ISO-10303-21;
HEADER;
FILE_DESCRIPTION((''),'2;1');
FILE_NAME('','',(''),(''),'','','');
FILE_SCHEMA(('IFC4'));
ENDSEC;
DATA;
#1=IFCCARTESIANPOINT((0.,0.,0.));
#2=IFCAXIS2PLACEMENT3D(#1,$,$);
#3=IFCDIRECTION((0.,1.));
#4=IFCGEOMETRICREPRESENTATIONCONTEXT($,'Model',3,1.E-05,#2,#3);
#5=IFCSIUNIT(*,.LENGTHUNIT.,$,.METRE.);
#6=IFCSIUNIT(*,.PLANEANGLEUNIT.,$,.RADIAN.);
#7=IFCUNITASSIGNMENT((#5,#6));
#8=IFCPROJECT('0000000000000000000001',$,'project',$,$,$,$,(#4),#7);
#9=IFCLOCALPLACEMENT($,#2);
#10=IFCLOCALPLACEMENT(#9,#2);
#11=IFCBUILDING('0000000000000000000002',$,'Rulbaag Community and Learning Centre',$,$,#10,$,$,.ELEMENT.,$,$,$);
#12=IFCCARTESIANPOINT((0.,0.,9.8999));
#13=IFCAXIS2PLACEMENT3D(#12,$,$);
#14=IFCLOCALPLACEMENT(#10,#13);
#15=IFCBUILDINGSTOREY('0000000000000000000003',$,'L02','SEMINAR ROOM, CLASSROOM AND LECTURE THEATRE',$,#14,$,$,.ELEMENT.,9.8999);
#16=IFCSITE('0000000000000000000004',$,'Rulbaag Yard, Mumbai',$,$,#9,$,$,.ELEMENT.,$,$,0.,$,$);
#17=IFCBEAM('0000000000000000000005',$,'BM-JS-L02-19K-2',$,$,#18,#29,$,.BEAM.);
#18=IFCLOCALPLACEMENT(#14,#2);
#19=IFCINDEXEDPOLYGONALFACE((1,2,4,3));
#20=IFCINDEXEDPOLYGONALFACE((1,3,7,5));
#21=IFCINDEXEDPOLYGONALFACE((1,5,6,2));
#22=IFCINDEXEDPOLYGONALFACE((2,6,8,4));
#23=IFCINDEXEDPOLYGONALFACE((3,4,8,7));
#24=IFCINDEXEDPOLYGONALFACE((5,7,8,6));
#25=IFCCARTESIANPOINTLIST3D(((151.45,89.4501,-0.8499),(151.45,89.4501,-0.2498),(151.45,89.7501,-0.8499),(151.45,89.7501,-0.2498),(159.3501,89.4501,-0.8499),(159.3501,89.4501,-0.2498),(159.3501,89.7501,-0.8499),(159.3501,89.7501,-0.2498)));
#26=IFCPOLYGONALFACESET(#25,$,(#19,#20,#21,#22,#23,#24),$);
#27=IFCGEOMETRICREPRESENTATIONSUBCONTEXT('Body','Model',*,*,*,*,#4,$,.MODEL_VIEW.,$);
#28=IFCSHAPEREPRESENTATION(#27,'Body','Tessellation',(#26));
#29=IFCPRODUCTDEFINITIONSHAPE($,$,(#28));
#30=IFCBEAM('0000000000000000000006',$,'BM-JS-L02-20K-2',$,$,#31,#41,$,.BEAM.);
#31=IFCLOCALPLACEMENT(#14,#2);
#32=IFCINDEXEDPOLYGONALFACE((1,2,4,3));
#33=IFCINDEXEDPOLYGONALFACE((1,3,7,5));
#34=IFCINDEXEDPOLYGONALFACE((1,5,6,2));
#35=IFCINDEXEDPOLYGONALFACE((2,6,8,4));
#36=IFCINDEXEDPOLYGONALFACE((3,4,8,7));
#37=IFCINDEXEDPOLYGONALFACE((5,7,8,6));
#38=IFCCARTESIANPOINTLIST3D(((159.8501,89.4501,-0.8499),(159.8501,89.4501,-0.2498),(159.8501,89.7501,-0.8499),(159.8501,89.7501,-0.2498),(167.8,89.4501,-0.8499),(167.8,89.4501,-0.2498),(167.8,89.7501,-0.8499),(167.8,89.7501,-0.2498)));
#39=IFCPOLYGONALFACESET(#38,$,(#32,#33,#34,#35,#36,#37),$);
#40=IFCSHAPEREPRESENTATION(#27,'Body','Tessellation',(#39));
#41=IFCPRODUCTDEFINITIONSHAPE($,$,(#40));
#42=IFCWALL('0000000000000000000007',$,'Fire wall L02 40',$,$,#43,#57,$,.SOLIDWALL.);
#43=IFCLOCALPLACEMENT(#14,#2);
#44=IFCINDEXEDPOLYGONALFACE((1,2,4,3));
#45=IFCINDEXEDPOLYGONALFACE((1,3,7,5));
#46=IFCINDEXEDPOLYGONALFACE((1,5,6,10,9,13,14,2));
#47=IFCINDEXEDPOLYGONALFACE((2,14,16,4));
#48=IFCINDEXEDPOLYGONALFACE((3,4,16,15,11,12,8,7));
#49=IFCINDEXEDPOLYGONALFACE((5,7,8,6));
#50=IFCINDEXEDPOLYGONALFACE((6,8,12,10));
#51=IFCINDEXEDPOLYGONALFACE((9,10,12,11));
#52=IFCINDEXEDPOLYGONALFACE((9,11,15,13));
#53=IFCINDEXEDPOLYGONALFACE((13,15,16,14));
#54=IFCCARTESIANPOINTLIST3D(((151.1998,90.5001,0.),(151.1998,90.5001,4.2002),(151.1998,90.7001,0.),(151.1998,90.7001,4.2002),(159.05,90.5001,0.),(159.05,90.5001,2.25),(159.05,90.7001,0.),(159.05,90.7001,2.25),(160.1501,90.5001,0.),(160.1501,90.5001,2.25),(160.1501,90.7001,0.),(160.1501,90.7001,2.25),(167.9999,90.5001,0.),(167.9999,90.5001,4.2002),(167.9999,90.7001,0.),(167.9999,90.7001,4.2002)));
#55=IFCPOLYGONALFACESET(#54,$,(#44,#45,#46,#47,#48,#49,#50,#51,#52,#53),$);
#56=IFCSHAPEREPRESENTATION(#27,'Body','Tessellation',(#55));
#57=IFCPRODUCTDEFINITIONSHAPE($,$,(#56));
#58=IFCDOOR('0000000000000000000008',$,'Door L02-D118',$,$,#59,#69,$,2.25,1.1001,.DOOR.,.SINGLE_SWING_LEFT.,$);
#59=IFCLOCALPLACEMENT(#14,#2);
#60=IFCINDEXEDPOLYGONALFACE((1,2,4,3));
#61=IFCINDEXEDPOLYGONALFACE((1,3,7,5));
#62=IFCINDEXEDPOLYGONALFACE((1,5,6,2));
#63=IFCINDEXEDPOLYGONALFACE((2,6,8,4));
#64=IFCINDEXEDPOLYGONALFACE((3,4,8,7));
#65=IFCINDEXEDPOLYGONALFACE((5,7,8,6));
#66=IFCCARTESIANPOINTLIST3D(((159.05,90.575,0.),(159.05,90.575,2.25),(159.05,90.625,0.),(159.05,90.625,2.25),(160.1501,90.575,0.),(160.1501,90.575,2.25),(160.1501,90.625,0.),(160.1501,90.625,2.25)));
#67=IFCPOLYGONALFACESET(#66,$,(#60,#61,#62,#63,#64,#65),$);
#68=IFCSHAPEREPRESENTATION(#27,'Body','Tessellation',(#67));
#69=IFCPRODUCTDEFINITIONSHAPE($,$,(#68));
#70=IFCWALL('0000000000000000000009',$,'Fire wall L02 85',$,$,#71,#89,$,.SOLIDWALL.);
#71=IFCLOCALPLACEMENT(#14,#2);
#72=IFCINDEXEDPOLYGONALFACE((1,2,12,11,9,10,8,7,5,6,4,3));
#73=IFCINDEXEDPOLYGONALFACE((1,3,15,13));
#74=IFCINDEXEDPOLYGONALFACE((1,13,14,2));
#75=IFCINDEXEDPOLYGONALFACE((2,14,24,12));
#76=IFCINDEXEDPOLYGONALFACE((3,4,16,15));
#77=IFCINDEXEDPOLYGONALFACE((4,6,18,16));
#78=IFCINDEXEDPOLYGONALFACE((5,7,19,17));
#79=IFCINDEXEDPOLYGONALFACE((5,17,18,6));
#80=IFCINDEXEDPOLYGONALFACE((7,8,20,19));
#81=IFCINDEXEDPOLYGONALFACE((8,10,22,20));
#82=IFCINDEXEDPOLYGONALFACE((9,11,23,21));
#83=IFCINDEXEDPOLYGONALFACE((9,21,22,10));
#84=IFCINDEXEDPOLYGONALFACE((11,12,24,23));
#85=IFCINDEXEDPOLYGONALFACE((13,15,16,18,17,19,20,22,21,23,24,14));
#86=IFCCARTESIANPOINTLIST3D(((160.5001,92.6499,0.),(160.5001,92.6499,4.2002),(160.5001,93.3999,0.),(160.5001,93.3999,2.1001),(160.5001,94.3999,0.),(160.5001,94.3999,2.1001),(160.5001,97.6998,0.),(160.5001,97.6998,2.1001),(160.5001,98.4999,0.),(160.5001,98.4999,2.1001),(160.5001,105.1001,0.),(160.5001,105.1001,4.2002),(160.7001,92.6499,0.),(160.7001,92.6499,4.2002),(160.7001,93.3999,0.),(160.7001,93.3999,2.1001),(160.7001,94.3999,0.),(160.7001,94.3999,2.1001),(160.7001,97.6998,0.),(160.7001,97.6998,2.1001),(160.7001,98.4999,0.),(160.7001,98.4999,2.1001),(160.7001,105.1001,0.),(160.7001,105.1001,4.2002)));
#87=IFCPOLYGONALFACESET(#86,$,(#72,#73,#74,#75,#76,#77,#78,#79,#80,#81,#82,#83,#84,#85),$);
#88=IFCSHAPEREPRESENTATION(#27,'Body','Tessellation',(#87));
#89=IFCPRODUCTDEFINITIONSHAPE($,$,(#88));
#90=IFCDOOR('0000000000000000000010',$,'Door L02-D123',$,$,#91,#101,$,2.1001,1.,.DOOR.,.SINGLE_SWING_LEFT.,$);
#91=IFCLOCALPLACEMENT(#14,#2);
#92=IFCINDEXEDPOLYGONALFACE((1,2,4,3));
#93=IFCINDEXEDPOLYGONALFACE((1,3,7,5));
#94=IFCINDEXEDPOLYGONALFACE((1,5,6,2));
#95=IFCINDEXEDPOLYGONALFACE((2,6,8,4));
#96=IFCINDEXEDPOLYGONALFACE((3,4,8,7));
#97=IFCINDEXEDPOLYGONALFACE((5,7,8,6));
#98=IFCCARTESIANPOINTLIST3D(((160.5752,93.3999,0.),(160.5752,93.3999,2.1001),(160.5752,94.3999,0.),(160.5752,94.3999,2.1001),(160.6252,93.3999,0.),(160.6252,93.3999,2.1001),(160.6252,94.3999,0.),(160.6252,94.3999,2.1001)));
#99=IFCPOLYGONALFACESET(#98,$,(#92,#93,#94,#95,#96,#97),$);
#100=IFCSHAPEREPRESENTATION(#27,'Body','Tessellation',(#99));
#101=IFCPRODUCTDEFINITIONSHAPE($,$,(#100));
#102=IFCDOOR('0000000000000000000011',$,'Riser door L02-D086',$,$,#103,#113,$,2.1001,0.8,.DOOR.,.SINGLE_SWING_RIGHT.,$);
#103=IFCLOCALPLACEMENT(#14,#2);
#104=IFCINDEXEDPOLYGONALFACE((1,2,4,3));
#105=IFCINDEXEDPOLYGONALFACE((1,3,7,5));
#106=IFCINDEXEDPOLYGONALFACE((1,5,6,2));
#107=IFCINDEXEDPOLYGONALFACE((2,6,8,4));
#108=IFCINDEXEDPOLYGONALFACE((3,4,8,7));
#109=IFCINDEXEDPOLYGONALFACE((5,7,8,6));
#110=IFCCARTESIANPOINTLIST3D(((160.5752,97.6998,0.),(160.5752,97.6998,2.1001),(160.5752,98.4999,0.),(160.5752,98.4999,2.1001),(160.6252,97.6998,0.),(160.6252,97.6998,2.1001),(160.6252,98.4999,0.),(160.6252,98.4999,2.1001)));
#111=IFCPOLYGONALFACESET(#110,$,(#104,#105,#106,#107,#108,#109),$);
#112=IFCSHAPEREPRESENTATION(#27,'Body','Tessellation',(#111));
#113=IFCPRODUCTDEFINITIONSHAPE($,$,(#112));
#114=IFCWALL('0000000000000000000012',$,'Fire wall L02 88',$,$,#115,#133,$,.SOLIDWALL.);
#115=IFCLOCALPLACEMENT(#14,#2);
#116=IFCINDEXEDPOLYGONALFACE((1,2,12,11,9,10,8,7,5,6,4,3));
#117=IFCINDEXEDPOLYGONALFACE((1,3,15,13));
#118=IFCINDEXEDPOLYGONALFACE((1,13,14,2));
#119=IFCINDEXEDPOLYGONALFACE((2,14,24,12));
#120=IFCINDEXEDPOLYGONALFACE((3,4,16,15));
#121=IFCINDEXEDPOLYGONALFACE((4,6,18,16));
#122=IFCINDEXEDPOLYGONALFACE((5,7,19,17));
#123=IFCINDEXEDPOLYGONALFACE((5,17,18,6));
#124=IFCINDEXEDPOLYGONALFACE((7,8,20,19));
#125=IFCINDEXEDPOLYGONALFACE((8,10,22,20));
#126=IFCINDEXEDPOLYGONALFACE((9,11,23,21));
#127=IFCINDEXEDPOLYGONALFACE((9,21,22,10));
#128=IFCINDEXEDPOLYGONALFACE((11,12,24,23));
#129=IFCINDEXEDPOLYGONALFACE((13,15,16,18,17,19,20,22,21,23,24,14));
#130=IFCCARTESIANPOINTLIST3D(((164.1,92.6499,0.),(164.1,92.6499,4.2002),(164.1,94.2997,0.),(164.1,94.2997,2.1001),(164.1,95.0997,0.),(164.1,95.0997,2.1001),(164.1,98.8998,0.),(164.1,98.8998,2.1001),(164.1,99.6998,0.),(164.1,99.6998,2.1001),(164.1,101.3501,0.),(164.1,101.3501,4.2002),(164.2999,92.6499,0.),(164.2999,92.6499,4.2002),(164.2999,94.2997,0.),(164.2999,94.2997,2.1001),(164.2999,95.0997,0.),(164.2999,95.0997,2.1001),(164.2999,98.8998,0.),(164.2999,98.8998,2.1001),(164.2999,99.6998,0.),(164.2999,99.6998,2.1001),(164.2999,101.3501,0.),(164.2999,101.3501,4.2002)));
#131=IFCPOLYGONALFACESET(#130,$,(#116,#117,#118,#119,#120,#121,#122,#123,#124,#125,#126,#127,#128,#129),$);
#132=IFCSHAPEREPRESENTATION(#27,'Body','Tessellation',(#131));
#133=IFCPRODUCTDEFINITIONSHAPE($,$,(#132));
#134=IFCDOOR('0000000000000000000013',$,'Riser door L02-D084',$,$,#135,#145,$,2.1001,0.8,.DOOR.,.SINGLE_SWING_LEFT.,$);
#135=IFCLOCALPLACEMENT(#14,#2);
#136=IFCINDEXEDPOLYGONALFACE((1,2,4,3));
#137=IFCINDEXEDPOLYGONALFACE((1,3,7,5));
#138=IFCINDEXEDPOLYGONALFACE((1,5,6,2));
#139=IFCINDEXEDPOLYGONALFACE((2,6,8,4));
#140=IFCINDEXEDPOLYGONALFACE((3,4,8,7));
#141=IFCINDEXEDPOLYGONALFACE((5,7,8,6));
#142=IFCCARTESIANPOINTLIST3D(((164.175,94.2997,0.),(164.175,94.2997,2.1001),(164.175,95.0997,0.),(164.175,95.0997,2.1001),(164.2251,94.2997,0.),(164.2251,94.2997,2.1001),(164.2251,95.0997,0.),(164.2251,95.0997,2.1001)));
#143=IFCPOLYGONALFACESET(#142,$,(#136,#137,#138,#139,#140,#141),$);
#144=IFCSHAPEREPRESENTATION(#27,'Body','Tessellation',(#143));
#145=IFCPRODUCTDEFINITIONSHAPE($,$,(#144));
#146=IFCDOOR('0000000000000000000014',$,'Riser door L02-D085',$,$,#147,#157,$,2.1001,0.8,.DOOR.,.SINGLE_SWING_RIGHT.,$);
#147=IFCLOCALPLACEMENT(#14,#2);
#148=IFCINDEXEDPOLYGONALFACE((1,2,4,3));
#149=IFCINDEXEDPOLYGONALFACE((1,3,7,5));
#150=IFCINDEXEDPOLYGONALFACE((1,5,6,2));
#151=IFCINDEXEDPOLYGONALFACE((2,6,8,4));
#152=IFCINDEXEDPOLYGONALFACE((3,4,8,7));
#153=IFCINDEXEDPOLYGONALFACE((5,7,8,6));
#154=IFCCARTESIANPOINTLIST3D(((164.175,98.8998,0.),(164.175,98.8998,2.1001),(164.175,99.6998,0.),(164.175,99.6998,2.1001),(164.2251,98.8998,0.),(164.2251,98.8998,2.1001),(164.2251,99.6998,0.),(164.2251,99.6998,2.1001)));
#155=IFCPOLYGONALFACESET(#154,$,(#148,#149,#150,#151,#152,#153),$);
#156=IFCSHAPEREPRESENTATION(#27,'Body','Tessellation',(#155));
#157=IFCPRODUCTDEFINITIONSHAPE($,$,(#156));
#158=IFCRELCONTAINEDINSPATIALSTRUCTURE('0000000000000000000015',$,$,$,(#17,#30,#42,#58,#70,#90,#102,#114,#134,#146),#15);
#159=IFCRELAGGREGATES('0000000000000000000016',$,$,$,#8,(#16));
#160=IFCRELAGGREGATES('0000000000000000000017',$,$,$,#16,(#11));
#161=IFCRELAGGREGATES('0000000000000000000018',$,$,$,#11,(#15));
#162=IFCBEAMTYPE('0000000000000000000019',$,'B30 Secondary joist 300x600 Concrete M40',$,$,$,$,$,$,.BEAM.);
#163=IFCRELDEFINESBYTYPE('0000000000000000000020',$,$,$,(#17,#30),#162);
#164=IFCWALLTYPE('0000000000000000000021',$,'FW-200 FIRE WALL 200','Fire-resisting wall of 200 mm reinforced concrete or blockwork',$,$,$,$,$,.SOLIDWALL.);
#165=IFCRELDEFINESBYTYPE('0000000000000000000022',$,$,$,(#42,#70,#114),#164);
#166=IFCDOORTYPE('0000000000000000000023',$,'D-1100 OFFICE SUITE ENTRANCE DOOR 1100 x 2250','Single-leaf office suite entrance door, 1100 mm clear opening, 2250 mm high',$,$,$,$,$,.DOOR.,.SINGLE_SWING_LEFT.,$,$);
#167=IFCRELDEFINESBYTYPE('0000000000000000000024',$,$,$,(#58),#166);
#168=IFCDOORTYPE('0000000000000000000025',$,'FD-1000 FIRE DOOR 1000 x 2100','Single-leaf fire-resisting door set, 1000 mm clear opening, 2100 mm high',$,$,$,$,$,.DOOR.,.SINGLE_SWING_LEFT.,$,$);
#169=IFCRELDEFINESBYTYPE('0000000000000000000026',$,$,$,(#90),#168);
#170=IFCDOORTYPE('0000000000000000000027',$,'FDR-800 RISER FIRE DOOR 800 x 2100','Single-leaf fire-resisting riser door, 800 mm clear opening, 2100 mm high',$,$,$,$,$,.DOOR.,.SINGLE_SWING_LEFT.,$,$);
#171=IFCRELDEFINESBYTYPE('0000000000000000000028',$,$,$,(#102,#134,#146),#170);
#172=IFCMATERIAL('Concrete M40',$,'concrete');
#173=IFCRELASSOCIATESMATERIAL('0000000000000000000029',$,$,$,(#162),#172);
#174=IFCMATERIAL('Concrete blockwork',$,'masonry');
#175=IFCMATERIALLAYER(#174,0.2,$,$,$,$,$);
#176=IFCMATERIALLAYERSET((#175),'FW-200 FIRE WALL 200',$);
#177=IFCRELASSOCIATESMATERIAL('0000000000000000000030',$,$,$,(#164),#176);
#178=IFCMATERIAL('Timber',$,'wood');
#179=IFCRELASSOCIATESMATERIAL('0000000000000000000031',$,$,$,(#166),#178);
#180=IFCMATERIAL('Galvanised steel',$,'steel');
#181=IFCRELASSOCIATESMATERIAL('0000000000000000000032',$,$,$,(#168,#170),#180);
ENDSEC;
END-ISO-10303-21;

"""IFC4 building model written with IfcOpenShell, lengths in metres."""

from ifc_helpers import new_model, si_unit, direction, frame, frame_2d, origin, origin_2d, place, context, subcontext, project, spatial, rectangle, extrude, material, layer, layer_set, material_profile, profile_set, type_object, element, fill, save


model = new_model("IFC4")

# Units and contexts
model_context = context("Model", 3, precision=1e-05, world=origin(), true_north=direction((0.0, 1.0)))
body_context = subcontext(model_context, "Body", "Model", "MODEL_VIEW")
ifc_project = project(units=[si_unit("LENGTHUNIT", "METRE"), si_unit("PLANEANGLEUNIT", "RADIAN")], contexts=[model_context])

# Site, building, storey
site_placement = place(None, origin())
site = spatial("IfcSite", under=ifc_project, at=site_placement, Name="Rulbaag Yard, Mumbai", CompositionType="ELEMENT", RefElevation=0.0)
building_placement = place(site_placement, origin())
building = spatial("IfcBuilding", under=site, at=building_placement, Name="Rulbaag Community and Learning Centre", CompositionType="ELEMENT")
storey_placement = place(building_placement, frame((0.0, 0.0, 9.8999)))
storey = spatial("IfcBuildingStorey", under=building, at=storey_placement, Name="L02", Description="SEMINAR ROOM, CLASSROOM AND LECTURE THEATRE", CompositionType="ELEMENT", Elevation=9.8999)

# Beams
ifc_material_1 = material(Name="Concrete M40", Category="concrete")
ifc_material_profile = material_profile(ifc_material_1, rectangle(XDim=0.3, YDim=0.6001, at=origin_2d()), Name="RB300x600")
ifc_profile_set = profile_set([ifc_material_profile], Name="Concrete M40")
beam_type = type_object("IfcBeamType", Name="B30 Secondary joist 300x600 Concrete M40", PredefinedType="BEAM", material=ifc_profile_set)
beam_1_placement = place(storey_placement, frame((151.45, 89.6001, -0.5498), z_axis=(1.0, 0.0, 0.0), x_axis=(0.0, 1.0, 0.0)))
element("IfcBeam", 1, at=beam_1_placement, inside=storey, type_object=beam_type, Name="BM-JS-L02-19K-2", PredefinedType="BEAM", context=body_context, shape_type="SweptSolid", body=[
    extrude(rectangle(XDim=0.3, YDim=0.6001, at=origin_2d()), origin(), (0.0, 0.0, 1.0), 7.9001),
])
beam_2_placement = place(storey_placement, frame((159.8501, 89.6001, -0.5498), z_axis=(1.0, 0.0, 0.0), x_axis=(0.0, 1.0, 0.0)))
element("IfcBeam", 2, at=beam_2_placement, inside=storey, type_object=beam_type, Name="BM-JS-L02-20K-2", PredefinedType="BEAM", context=body_context, shape_type="SweptSolid", body=[
    extrude(rectangle(XDim=0.3, YDim=0.6001, at=origin_2d()), origin(), (0.0, 0.0, 1.0), 7.95),
])

# Wall, opening, door
ifc_material_2 = material(Name="Concrete blockwork", Category="masonry")
ifc_layer_1 = layer(ifc_material_2, 0.2)
ifc_layer_set_1 = layer_set([ifc_layer_1], Name="FW-200 FIRE WALL 200")
wall_type_1 = type_object("IfcWallType", Name="FW-200 FIRE WALL 200", Description="Fire-resisting wall of 200 mm reinforced concrete or blockwork", PredefinedType="SOLIDWALL", material=ifc_layer_set_1)
wall_1_placement = place(storey_placement, frame((151.2, 90.6001, 0.0), z_axis=(0.0, 0.0, 1.0), x_axis=(1.0, 0.0, 0.0)))
wall_1 = element("IfcWall", 3, at=wall_1_placement, inside=storey, type_object=wall_type_1, Name="Fire wall L02 40", PredefinedType="SOLIDWALL", context=body_context, shape_type="SweptSolid", body=[
    extrude(rectangle(XDim=16.8, YDim=0.2, at=frame_2d((8.3999, 0.0))), origin(), (0.0, 0.0, 1.0), 4.2002),
])
opening_1_placement = place(wall_1_placement, frame((7.8501, 0.0, 0.0)))
opening_1 = element("IfcOpeningElement", 4, at=opening_1_placement, cuts=wall_1, PredefinedType="OPENING", context=body_context, shape_type="SweptSolid", body=[
    extrude(rectangle(XDim=1.1001, YDim=2.25, at=frame_2d((0.55, 1.125))), frame((0.0, 0.1099, 0.0), z_axis=(0.0, -1.0, 0.0), x_axis=(1.0, 0.0, 0.0)), (0.0, 0.0, 1.0), 0.22),
])
ifc_material_3 = material(Name="Timber", Category="wood")
door_type_1 = type_object("IfcDoorType", Name="D-1100 OFFICE SUITE ENTRANCE DOOR 1100 x 2250", Description="Single-leaf office suite entrance door, 1100 mm clear opening, 2250 mm high", OperationType="SINGLE_SWING_LEFT", PredefinedType="DOOR", material=ifc_material_3)
door_1_placement = place(opening_1_placement, origin())
door_1 = element("IfcDoor", 5, at=door_1_placement, inside=storey, type_object=door_type_1, Name="Door L02-D118", OperationType="SINGLE_SWING_LEFT", OverallHeight=2.25, OverallWidth=1.1001, PredefinedType="DOOR", context=body_context, shape_type="SweptSolid", body=[
    extrude(rectangle(XDim=1.1001, YDim=2.25, at=frame_2d((0.55, 1.125))), frame((0.0, 0.0249, 0.0), z_axis=(0.0, -1.0, 0.0), x_axis=(1.0, 0.0, 0.0)), (0.0, 0.0, 1.0), 0.05),
])
fill(opening_1, door_1)

# Walls, openings, doors
wall_2_placement = place(storey_placement, frame((160.6001, 92.6499, 0.0), z_axis=(0.0, 0.0, 1.0), x_axis=(0.0, 1.0, 0.0)))
wall_2 = element("IfcWall", 6, at=wall_2_placement, inside=storey, type_object=wall_type_1, Name="Fire wall L02 85", PredefinedType="SOLIDWALL", context=body_context, shape_type="SweptSolid", body=[
    extrude(rectangle(XDim=12.4502, YDim=0.2, at=frame_2d((6.2251, 0.0))), origin(), (0.0, 0.0, 1.0), 4.2002),
])
opening_2_placement = place(wall_2_placement, frame((5.05, 0.0, 0.0)))
opening_2 = element("IfcOpeningElement", 7, at=opening_2_placement, cuts=wall_2, PredefinedType="OPENING", context=body_context, shape_type="SweptSolid", body=[
    extrude(rectangle(XDim=0.8, YDim=2.1001, at=frame_2d((0.3999, 1.05))), frame((0.0, 0.1099, 0.0), z_axis=(0.0, -1.0, 0.0), x_axis=(1.0, 0.0, 0.0)), (0.0, 0.0, 1.0), 0.22),
])
opening_3_placement = place(wall_2_placement, frame((0.75, 0.0, 0.0)))
opening_3 = element("IfcOpeningElement", 8, at=opening_3_placement, cuts=wall_2, PredefinedType="OPENING", context=body_context, shape_type="SweptSolid", body=[
    extrude(rectangle(XDim=1.0, YDim=2.1001, at=frame_2d((0.5, 1.05))), frame((0.0, 0.1099, 0.0), z_axis=(0.0, -1.0, 0.0), x_axis=(1.0, 0.0, 0.0)), (0.0, 0.0, 1.0), 0.22),
])
ifc_material_4 = material(Name="Galvanised steel", Category="steel")
door_type_2 = type_object("IfcDoorType", Name="FD-1000 FIRE DOOR 1000 x 2100", Description="Single-leaf fire-resisting door set, 1000 mm clear opening, 2100 mm high", OperationType="SINGLE_SWING_LEFT", PredefinedType="DOOR", material=ifc_material_4)
door_2_placement = place(opening_3_placement, origin())
door_2 = element("IfcDoor", 9, at=door_2_placement, inside=storey, type_object=door_type_2, Name="Door L02-D123", OperationType="SINGLE_SWING_LEFT", OverallHeight=2.1001, OverallWidth=1.0, PredefinedType="DOOR", context=body_context, shape_type="SweptSolid", body=[
    extrude(rectangle(XDim=1.0, YDim=2.1001, at=frame_2d((0.5, 1.05))), frame((0.0, 0.0249, 0.0), z_axis=(0.0, -1.0, 0.0), x_axis=(1.0, 0.0, 0.0)), (0.0, 0.0, 1.0), 0.05),
])
fill(opening_3, door_2)
door_type_3 = type_object("IfcDoorType", Name="FDR-800 RISER FIRE DOOR 800 x 2100", Description="Single-leaf fire-resisting riser door, 800 mm clear opening, 2100 mm high", OperationType="SINGLE_SWING_LEFT", PredefinedType="DOOR", material=ifc_material_4)
door_3_placement = place(opening_2_placement, origin())
door_3 = element("IfcDoor", 10, at=door_3_placement, inside=storey, type_object=door_type_3, Name="Riser door L02-D086", OperationType="SINGLE_SWING_RIGHT", OverallHeight=2.1001, OverallWidth=0.8, PredefinedType="DOOR", context=body_context, shape_type="SweptSolid", body=[
    extrude(rectangle(XDim=0.8, YDim=2.1001, at=frame_2d((0.3999, 1.05))), frame((0.0, 0.0249, 0.0), z_axis=(0.0, -1.0, 0.0), x_axis=(1.0, 0.0, 0.0)), (0.0, 0.0, 1.0), 0.05),
])
fill(opening_2, door_3)
wall_3_placement = place(storey_placement, frame((164.2, 92.6499, 0.0), z_axis=(0.0, 0.0, 1.0), x_axis=(0.0, 1.0, 0.0)))
wall_3 = element("IfcWall", 11, at=wall_3_placement, inside=storey, type_object=wall_type_1, Name="Fire wall L02 88", PredefinedType="SOLIDWALL", context=body_context, shape_type="SweptSolid", body=[
    extrude(rectangle(XDim=8.7002, YDim=0.2, at=frame_2d((4.3501, 0.0))), origin(), (0.0, 0.0, 1.0), 4.2002),
])
opening_4_placement = place(wall_3_placement, frame((1.6499, 0.0, 0.0)))
opening_4 = element("IfcOpeningElement", 12, at=opening_4_placement, cuts=wall_3, PredefinedType="OPENING", context=body_context, shape_type="SweptSolid", body=[
    extrude(rectangle(XDim=0.8, YDim=2.1001, at=frame_2d((0.3999, 1.05))), frame((0.0, 0.1099, 0.0), z_axis=(0.0, -1.0, 0.0), x_axis=(1.0, 0.0, 0.0)), (0.0, 0.0, 1.0), 0.22),
])
opening_5_placement = place(wall_3_placement, frame((6.25, 0.0, 0.0)))
opening_5 = element("IfcOpeningElement", 13, at=opening_5_placement, cuts=wall_3, PredefinedType="OPENING", context=body_context, shape_type="SweptSolid", body=[
    extrude(rectangle(XDim=0.8, YDim=2.1001, at=frame_2d((0.3999, 1.05))), frame((0.0, 0.1099, 0.0), z_axis=(0.0, -1.0, 0.0), x_axis=(1.0, 0.0, 0.0)), (0.0, 0.0, 1.0), 0.22),
])
door_4_placement = place(opening_4_placement, origin())
door_4 = element("IfcDoor", 14, at=door_4_placement, inside=storey, type_object=door_type_3, Name="Riser door L02-D084", OperationType="SINGLE_SWING_LEFT", OverallHeight=2.1001, OverallWidth=0.8, PredefinedType="DOOR", context=body_context, shape_type="SweptSolid", body=[
    extrude(rectangle(XDim=0.8, YDim=2.1001, at=frame_2d((0.3999, 1.05))), frame((0.0, 0.0249, 0.0), z_axis=(0.0, -1.0, 0.0), x_axis=(1.0, 0.0, 0.0)), (0.0, 0.0, 1.0), 0.05),
])
fill(opening_4, door_4)
door_5_placement = place(opening_5_placement, origin())
door_5 = element("IfcDoor", 15, at=door_5_placement, inside=storey, type_object=door_type_3, Name="Riser door L02-D085", OperationType="SINGLE_SWING_RIGHT", OverallHeight=2.1001, OverallWidth=0.8, PredefinedType="DOOR", context=body_context, shape_type="SweptSolid", body=[
    extrude(rectangle(XDim=0.8, YDim=2.1001, at=frame_2d((0.3999, 1.05))), frame((0.0, 0.0249, 0.0), z_axis=(0.0, -1.0, 0.0), x_axis=(1.0, 0.0, 0.0)), (0.0, 0.0, 1.0), 0.05),
])
fill(opening_5, door_5)

save(model, "model.ifc")
